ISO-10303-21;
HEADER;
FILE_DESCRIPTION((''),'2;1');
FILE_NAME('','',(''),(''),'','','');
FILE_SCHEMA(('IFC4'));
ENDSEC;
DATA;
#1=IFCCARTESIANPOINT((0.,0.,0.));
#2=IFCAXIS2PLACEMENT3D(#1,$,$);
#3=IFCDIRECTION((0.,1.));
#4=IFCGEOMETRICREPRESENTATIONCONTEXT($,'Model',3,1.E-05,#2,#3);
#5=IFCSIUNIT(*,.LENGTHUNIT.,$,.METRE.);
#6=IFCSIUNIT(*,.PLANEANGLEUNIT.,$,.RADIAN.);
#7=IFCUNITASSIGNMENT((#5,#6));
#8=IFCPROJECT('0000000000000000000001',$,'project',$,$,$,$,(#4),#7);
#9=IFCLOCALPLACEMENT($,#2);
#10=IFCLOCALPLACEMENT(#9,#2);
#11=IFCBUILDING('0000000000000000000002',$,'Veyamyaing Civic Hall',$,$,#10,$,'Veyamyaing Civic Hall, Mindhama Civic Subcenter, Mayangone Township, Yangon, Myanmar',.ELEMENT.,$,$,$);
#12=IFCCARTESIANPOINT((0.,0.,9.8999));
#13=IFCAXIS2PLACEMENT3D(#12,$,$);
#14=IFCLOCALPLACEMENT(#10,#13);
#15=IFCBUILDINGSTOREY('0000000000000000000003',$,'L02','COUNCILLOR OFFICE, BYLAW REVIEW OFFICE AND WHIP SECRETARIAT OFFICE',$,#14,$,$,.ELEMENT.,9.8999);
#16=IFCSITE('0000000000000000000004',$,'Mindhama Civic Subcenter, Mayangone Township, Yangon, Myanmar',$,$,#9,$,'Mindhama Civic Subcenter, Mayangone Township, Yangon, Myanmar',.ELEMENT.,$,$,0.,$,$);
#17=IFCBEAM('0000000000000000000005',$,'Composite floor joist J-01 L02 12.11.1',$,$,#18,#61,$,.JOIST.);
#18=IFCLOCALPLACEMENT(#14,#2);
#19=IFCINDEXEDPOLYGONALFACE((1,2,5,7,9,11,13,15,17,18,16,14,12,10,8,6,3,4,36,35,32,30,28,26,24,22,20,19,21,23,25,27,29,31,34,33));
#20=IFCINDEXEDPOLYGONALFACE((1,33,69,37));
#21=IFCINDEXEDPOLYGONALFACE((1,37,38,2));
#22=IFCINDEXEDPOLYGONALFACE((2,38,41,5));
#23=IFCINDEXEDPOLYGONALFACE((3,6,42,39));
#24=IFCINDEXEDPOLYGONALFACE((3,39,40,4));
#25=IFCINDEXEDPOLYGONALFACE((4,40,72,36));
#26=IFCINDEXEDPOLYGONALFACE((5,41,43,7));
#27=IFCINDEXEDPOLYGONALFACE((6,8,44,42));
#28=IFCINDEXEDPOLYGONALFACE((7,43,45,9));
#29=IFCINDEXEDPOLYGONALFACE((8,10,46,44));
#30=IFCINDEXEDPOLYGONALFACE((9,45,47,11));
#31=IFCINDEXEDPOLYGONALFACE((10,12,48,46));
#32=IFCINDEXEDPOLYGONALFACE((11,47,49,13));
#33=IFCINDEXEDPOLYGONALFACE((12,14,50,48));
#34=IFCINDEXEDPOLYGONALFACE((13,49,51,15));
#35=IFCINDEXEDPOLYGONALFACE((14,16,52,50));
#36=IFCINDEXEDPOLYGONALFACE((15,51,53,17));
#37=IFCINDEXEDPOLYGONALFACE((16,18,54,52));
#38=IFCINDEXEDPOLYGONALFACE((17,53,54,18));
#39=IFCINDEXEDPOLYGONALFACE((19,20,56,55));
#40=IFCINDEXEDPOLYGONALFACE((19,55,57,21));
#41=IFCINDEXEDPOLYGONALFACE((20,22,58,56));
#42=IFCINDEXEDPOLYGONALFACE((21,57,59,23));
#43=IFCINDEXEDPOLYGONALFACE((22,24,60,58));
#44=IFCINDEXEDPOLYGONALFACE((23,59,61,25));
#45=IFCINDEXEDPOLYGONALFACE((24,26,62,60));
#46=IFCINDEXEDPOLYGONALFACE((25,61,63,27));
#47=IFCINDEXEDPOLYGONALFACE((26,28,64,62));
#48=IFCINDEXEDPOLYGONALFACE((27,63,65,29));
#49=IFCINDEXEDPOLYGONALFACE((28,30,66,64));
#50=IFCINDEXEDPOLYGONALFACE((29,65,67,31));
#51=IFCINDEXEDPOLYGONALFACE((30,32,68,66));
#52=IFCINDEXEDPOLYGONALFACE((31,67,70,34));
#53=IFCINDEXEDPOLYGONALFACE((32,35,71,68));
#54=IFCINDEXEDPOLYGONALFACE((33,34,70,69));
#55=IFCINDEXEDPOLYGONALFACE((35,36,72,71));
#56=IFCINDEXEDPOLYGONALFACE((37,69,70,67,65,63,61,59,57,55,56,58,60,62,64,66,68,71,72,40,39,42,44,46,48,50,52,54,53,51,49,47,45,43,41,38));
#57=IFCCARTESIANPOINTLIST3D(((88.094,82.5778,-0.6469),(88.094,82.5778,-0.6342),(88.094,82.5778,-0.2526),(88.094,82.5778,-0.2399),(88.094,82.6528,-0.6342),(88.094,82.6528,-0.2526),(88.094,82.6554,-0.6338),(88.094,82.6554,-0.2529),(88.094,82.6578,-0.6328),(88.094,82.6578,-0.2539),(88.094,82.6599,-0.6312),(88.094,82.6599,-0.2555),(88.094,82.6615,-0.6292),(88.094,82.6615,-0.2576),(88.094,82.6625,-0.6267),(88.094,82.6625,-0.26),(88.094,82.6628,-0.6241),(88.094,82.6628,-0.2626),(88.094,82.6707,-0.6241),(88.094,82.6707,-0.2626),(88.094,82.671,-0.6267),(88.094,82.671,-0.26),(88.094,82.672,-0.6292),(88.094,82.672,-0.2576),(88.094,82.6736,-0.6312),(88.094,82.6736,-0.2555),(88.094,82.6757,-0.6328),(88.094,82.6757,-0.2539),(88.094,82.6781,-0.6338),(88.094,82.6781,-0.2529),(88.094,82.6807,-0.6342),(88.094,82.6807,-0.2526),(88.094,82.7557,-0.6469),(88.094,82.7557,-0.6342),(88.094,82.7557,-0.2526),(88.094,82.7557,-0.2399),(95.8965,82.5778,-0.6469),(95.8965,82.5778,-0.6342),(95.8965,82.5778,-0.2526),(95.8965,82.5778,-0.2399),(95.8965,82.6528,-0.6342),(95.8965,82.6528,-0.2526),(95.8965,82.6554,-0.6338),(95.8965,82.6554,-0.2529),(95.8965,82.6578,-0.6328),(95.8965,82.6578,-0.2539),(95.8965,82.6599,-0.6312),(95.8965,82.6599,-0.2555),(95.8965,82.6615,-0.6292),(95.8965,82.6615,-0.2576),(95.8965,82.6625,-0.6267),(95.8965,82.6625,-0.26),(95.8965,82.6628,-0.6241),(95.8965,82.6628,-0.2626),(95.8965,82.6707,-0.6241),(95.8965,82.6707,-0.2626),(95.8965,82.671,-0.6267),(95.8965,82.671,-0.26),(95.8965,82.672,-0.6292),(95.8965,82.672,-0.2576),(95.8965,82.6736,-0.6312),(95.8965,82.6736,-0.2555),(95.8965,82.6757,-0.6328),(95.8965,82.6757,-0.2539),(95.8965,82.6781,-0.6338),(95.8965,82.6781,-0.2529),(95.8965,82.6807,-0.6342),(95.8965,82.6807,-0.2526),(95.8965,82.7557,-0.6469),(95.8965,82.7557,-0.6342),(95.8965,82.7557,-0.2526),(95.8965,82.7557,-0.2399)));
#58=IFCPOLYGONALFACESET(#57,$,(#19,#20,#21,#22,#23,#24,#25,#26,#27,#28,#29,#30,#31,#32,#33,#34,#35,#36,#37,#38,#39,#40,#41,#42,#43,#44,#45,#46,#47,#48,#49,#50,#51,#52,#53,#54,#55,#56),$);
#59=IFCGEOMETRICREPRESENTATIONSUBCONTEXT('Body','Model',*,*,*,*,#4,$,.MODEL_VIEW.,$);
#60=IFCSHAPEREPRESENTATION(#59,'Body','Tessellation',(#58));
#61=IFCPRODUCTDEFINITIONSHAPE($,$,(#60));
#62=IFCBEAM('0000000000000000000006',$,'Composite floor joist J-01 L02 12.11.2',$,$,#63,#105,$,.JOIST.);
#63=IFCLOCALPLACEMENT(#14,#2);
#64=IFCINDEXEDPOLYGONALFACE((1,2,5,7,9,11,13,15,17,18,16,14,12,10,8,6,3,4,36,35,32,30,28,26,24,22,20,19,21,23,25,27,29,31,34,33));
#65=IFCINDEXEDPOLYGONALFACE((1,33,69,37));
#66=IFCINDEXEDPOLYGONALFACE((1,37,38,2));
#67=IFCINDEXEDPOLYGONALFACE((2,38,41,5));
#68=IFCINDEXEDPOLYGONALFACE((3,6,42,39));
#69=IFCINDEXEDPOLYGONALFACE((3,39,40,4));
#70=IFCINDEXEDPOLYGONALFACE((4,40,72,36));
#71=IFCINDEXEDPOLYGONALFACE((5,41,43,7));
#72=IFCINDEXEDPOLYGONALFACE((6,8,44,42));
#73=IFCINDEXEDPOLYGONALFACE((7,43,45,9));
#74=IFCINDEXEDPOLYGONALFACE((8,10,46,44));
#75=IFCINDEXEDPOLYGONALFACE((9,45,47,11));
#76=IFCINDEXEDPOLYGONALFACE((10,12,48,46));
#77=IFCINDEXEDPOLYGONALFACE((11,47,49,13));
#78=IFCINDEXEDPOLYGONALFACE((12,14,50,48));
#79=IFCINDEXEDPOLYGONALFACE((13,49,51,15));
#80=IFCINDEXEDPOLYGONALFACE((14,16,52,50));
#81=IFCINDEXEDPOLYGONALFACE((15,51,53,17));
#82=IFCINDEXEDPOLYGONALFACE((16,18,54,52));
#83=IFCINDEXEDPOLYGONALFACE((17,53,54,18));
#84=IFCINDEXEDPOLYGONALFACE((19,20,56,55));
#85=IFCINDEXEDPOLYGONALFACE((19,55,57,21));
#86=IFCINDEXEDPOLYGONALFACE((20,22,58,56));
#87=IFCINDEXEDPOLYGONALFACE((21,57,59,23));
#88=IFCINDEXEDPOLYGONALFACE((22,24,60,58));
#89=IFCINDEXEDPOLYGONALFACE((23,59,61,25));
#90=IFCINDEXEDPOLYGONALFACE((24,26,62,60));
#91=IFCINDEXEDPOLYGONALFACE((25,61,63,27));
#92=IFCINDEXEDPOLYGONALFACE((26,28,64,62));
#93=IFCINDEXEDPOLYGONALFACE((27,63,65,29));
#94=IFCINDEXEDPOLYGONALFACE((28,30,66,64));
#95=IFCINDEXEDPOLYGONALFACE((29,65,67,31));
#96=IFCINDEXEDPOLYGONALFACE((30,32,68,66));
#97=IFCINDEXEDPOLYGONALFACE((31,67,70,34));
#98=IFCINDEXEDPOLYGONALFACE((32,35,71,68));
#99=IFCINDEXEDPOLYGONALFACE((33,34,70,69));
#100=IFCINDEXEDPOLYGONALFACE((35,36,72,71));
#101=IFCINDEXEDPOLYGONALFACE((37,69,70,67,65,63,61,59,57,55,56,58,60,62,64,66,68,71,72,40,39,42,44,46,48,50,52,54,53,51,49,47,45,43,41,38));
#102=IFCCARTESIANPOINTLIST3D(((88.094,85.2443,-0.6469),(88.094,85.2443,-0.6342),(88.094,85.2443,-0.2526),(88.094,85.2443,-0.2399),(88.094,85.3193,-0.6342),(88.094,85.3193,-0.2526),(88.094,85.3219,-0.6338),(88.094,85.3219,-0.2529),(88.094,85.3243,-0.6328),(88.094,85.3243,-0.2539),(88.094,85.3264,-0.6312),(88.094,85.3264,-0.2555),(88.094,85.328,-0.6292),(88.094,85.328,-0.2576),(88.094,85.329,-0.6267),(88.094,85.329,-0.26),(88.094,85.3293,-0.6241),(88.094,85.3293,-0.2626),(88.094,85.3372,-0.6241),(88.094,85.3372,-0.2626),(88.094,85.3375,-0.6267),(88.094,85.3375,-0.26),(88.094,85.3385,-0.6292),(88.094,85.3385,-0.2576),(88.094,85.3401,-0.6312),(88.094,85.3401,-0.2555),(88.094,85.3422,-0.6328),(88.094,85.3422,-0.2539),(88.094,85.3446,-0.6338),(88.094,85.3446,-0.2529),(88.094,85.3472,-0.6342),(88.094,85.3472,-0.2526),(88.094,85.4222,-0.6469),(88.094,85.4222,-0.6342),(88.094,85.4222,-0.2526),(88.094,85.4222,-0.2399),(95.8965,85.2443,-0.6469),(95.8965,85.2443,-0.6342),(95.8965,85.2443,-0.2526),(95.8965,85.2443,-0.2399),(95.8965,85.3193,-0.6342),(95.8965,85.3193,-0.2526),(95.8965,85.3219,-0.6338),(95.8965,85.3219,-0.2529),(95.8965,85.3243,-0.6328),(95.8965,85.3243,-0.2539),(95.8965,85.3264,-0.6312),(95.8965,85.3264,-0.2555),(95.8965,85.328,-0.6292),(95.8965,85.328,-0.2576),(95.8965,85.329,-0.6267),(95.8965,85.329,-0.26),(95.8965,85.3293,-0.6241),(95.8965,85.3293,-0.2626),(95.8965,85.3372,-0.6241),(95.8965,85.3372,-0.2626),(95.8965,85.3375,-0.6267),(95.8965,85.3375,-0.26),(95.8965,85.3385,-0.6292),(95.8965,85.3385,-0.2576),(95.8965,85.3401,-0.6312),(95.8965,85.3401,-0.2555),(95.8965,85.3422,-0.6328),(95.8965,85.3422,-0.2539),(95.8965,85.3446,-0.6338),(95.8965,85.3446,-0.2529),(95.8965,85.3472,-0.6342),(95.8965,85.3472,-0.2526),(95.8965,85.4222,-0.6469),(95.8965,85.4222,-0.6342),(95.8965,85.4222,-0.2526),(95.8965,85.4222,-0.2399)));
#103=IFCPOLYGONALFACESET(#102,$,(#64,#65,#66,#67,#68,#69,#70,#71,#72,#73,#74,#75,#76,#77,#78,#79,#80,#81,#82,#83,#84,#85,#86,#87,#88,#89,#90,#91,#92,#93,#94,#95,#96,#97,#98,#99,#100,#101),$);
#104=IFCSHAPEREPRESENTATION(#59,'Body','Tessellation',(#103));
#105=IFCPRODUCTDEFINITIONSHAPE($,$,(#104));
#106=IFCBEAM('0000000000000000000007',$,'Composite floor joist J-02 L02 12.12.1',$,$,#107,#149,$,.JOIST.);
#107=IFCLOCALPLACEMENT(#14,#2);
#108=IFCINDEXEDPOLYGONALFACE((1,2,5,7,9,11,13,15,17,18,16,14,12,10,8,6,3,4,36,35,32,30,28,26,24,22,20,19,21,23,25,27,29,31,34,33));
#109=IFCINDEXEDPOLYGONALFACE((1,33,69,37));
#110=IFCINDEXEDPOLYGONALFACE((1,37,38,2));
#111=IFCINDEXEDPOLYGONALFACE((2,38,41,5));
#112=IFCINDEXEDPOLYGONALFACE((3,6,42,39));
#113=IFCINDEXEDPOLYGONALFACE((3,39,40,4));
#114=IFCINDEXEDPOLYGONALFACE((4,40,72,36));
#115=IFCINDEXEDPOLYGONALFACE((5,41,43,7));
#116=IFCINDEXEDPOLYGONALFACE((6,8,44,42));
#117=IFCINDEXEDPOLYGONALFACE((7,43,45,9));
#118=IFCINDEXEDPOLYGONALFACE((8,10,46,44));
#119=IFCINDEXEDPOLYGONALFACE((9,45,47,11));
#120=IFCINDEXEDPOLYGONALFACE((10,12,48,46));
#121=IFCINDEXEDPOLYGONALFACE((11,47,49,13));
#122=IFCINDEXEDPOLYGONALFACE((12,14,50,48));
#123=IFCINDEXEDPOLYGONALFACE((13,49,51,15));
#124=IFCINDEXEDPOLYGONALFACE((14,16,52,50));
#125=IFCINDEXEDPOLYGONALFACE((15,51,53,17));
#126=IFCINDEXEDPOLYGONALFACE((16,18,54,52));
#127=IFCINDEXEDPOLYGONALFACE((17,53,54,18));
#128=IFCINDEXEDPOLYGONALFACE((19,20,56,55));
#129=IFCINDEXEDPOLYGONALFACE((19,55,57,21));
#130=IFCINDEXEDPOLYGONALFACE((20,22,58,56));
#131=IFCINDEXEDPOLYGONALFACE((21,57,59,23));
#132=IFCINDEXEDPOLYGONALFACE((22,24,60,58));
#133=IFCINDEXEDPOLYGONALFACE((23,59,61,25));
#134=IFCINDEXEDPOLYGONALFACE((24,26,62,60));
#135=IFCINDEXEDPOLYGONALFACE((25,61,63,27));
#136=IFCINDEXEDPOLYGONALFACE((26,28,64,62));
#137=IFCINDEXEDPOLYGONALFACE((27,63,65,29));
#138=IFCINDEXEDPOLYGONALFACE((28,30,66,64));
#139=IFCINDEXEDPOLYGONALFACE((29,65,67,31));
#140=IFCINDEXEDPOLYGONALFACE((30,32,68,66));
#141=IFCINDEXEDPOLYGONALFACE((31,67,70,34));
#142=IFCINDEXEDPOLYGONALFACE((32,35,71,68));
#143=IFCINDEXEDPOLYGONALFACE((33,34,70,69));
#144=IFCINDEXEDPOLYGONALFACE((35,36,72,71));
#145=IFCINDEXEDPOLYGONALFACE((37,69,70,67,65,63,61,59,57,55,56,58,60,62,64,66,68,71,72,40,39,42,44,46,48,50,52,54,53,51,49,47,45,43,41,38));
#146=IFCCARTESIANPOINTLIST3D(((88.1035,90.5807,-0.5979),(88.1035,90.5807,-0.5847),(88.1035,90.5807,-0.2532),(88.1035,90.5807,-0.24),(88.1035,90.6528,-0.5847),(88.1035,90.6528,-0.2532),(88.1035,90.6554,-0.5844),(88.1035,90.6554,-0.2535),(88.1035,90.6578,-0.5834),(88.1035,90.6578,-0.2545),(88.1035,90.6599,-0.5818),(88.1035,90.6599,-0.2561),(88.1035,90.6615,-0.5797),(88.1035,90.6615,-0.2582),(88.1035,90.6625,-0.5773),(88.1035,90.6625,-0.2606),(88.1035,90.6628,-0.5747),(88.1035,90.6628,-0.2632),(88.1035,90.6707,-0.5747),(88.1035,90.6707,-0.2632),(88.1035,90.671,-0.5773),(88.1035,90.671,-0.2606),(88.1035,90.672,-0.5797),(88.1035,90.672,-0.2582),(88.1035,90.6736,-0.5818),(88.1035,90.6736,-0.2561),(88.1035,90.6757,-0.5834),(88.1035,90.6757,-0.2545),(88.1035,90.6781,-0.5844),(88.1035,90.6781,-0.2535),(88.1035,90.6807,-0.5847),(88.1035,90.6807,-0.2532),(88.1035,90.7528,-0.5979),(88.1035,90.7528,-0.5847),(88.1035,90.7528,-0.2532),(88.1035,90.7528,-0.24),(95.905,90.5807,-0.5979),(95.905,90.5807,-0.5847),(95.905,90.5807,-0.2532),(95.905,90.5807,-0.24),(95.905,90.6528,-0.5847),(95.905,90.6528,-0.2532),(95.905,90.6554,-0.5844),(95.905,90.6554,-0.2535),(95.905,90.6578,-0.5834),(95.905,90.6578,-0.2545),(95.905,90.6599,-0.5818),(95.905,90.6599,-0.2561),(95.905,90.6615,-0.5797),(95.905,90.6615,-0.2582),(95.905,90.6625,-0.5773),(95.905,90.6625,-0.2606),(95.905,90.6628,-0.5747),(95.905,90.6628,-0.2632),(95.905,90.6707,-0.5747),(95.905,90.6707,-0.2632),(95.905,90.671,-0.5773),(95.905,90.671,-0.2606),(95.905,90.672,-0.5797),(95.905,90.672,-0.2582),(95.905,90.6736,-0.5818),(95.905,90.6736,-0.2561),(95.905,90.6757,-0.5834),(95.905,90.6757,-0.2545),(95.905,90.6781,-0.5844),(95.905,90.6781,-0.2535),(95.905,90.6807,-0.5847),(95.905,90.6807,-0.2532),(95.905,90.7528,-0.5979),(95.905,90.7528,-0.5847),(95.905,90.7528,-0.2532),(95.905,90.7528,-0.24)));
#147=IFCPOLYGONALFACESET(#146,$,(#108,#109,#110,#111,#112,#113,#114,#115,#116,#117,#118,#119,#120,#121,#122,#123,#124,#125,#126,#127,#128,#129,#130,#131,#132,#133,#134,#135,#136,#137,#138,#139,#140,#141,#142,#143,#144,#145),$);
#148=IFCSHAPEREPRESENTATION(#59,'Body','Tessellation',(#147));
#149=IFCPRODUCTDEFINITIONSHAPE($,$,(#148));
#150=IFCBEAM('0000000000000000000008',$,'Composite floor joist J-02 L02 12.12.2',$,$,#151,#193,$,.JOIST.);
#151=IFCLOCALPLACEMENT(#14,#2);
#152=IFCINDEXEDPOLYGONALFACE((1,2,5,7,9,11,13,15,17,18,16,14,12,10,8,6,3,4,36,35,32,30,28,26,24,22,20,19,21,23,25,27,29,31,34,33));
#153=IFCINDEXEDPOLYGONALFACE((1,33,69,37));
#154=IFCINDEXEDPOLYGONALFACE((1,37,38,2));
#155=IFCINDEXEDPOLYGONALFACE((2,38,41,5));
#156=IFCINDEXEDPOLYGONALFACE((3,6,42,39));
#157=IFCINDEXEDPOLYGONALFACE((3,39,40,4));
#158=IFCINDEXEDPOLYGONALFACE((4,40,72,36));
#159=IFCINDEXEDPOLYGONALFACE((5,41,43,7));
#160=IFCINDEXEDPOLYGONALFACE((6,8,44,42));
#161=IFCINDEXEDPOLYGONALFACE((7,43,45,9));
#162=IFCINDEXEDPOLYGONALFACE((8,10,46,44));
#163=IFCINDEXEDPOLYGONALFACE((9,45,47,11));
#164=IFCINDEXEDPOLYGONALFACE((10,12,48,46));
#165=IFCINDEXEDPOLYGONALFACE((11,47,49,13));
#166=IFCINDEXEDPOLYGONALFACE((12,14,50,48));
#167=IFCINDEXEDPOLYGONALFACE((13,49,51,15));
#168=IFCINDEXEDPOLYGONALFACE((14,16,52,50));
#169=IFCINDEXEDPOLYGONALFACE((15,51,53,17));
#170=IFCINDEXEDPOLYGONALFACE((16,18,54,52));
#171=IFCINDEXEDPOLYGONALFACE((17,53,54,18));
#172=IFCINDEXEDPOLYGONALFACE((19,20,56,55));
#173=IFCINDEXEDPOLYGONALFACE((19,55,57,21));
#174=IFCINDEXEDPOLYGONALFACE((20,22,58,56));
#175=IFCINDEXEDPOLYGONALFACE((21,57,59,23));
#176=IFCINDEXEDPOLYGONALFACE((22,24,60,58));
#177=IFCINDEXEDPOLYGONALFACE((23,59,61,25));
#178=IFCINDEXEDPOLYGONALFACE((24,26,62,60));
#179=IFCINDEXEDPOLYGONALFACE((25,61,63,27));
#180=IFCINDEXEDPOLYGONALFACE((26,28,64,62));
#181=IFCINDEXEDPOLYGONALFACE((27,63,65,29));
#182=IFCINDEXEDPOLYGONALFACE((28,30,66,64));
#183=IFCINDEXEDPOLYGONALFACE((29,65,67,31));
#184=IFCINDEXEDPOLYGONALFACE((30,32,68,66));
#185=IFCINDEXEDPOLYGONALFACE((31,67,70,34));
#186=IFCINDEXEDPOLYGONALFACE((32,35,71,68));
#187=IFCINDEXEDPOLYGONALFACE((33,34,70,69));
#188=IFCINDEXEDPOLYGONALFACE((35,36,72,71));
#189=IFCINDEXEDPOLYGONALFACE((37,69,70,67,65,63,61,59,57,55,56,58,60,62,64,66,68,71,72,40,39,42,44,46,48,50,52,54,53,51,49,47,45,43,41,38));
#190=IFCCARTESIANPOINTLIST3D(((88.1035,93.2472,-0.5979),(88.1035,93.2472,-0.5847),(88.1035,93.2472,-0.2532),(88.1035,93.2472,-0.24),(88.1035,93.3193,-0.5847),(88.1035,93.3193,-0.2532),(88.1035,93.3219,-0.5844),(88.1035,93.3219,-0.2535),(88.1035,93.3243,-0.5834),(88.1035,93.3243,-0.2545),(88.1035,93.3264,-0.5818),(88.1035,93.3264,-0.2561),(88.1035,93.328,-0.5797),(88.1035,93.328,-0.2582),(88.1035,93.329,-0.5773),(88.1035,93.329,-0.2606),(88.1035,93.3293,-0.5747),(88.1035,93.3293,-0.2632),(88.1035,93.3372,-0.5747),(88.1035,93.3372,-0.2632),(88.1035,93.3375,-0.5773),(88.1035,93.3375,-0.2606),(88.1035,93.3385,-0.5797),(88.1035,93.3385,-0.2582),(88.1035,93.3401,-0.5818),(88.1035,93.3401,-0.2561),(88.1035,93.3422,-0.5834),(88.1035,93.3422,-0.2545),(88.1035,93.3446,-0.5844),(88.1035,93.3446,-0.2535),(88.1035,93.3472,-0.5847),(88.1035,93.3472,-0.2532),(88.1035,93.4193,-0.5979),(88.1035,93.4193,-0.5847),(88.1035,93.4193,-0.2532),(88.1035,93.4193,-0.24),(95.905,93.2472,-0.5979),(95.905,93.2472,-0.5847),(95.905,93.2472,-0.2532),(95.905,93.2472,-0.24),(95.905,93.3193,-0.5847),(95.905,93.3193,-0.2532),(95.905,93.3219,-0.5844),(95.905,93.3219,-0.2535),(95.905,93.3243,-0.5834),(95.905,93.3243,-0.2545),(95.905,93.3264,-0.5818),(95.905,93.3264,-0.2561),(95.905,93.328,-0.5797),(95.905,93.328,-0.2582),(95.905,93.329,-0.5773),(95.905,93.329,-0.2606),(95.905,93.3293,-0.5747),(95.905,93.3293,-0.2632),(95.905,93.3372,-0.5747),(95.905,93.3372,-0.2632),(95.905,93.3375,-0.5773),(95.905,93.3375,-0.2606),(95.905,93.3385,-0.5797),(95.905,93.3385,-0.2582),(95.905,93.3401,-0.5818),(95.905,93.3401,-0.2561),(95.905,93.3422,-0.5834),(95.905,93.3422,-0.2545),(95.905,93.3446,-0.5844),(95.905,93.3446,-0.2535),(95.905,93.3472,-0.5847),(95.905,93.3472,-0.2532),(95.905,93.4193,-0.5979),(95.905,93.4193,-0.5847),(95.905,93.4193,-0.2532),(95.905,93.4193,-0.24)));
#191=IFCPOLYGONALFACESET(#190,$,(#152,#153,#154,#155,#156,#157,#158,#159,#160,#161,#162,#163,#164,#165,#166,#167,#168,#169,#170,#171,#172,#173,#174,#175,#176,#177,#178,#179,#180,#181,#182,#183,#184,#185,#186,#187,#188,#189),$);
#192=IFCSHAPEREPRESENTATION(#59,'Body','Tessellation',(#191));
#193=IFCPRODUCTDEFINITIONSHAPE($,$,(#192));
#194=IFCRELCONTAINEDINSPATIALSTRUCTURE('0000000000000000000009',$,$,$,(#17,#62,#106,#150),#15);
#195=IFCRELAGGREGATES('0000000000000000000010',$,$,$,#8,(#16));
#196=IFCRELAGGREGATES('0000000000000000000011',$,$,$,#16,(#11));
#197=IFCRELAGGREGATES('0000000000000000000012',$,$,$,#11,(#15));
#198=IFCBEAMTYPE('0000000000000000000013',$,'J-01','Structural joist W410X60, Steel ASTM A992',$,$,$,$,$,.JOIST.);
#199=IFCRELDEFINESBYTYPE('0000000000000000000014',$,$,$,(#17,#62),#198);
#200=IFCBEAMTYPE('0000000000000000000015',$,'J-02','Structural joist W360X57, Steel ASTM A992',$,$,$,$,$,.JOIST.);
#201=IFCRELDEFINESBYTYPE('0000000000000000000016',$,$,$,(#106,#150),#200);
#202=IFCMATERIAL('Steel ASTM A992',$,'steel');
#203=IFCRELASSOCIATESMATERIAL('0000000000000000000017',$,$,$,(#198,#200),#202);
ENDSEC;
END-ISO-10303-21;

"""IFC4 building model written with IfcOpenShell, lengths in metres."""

from ifc_helpers import new_model, si_unit, direction, frame, origin, origin_2d, place, context, subcontext, project, spatial, i_section, extrude, material, material_profile, profile_set, type_object, element, save


model = new_model("IFC4")

# Units and contexts
model_context = context("Model", 3, precision=1e-05, world=origin(), true_north=direction((0.0, 1.0)))
body_context = subcontext(model_context, "Body", "Model", "MODEL_VIEW")
ifc_project = project(units=[si_unit("LENGTHUNIT", "METRE"), si_unit("PLANEANGLEUNIT", "RADIAN")], contexts=[model_context])

# Site, building, storey
site_placement = place(None, origin())
site = spatial("IfcSite", under=ifc_project, at=site_placement, Name="Mindhama Civic Subcenter, Mayangone Township, Yangon, Myanmar", LongName="Mindhama Civic Subcenter, Mayangone Township, Yangon, Myanmar", CompositionType="ELEMENT", RefElevation=0.0)
building_placement = place(site_placement, origin())
building = spatial("IfcBuilding", under=site, at=building_placement, Name="Veyamyaing Civic Hall", LongName="Veyamyaing Civic Hall, Mindhama Civic Subcenter, Mayangone Township, Yangon, Myanmar", CompositionType="ELEMENT")
storey_placement = place(building_placement, frame((0.0, 0.0, 9.8999)))
storey = spatial("IfcBuildingStorey", under=building, at=storey_placement, Name="L02", Description="COUNCILLOR OFFICE, BYLAW REVIEW OFFICE AND WHIP SECRETARIAT OFFICE", CompositionType="ELEMENT", Elevation=9.8999)

# Beams
ifc_material_1 = material(Name="Steel ASTM A992", Category="steel")
ifc_material_profile_1 = material_profile(ifc_material_1, i_section(OverallWidth=0.178, OverallDepth=0.407, WebThickness=0.0078, FlangeThickness=0.0127, FilletRadius=0.01, at=origin_2d()), Name="W410X60")
ifc_profile_set_1 = profile_set([ifc_material_profile_1], Name="Steel ASTM A992")
beam_type_1 = type_object("IfcBeamType", Name="J-01", Description="Structural joist W410X60, Steel ASTM A992", PredefinedType="JOIST", material=ifc_profile_set_1)
for number, where, z_axis, x_axis, name in (
    (1, (88.094, 82.6667, -0.4434), (1.0, 0.0, 0.0), (0.0, 1.0, 0.0), "Composite floor joist J-01 L02 12.11.1"),
    (2, (88.094, 85.3333, -0.4434), (1.0, 0.0, 0.0), (0.0, 1.0, 0.0), "Composite floor joist J-01 L02 12.11.2"),
):
    element("IfcBeam", number, at=place(storey_placement, frame(where, z_axis=z_axis, x_axis=x_axis)), inside=storey, type_object=beam_type_1, Name=name, PredefinedType="JOIST", context=body_context, shape_type="SweptSolid", body=[
        extrude(i_section(OverallWidth=0.178, OverallDepth=0.407, WebThickness=0.0078, FlangeThickness=0.0127, FilletRadius=0.01, at=origin_2d()), origin(), (0.0, 0.0, 1.0), 7.8025),
    ])
ifc_material_profile_2 = material_profile(ifc_material_1, i_section(OverallWidth=0.1721, OverallDepth=0.3579, WebThickness=0.0078, FlangeThickness=0.0132, FilletRadius=0.01, at=origin_2d()), Name="W360X57")
ifc_profile_set_2 = profile_set([ifc_material_profile_2], Name="Steel ASTM A992")
beam_type_2 = type_object("IfcBeamType", Name="J-02", Description="Structural joist W360X57, Steel ASTM A992", PredefinedType="JOIST", material=ifc_profile_set_2)
for number, where, z_axis, x_axis, name in (
    (3, (88.1035, 90.6667, -0.4189), (1.0, 0.0, 0.0), (0.0, 1.0, 0.0), "Composite floor joist J-02 L02 12.12.1"),
    (4, (88.1035, 93.3333, -0.4189), (1.0, 0.0, 0.0), (0.0, 1.0, 0.0), "Composite floor joist J-02 L02 12.12.2"),
):
    element("IfcBeam", number, at=place(storey_placement, frame(where, z_axis=z_axis, x_axis=x_axis)), inside=storey, type_object=beam_type_2, Name=name, PredefinedType="JOIST", context=body_context, shape_type="SweptSolid", body=[
        extrude(i_section(OverallWidth=0.1721, OverallDepth=0.3579, WebThickness=0.0078, FlangeThickness=0.0132, FilletRadius=0.01, at=origin_2d()), origin(), (0.0, 0.0, 1.0), 7.8015),
    ])

save(model, "model.ifc")
